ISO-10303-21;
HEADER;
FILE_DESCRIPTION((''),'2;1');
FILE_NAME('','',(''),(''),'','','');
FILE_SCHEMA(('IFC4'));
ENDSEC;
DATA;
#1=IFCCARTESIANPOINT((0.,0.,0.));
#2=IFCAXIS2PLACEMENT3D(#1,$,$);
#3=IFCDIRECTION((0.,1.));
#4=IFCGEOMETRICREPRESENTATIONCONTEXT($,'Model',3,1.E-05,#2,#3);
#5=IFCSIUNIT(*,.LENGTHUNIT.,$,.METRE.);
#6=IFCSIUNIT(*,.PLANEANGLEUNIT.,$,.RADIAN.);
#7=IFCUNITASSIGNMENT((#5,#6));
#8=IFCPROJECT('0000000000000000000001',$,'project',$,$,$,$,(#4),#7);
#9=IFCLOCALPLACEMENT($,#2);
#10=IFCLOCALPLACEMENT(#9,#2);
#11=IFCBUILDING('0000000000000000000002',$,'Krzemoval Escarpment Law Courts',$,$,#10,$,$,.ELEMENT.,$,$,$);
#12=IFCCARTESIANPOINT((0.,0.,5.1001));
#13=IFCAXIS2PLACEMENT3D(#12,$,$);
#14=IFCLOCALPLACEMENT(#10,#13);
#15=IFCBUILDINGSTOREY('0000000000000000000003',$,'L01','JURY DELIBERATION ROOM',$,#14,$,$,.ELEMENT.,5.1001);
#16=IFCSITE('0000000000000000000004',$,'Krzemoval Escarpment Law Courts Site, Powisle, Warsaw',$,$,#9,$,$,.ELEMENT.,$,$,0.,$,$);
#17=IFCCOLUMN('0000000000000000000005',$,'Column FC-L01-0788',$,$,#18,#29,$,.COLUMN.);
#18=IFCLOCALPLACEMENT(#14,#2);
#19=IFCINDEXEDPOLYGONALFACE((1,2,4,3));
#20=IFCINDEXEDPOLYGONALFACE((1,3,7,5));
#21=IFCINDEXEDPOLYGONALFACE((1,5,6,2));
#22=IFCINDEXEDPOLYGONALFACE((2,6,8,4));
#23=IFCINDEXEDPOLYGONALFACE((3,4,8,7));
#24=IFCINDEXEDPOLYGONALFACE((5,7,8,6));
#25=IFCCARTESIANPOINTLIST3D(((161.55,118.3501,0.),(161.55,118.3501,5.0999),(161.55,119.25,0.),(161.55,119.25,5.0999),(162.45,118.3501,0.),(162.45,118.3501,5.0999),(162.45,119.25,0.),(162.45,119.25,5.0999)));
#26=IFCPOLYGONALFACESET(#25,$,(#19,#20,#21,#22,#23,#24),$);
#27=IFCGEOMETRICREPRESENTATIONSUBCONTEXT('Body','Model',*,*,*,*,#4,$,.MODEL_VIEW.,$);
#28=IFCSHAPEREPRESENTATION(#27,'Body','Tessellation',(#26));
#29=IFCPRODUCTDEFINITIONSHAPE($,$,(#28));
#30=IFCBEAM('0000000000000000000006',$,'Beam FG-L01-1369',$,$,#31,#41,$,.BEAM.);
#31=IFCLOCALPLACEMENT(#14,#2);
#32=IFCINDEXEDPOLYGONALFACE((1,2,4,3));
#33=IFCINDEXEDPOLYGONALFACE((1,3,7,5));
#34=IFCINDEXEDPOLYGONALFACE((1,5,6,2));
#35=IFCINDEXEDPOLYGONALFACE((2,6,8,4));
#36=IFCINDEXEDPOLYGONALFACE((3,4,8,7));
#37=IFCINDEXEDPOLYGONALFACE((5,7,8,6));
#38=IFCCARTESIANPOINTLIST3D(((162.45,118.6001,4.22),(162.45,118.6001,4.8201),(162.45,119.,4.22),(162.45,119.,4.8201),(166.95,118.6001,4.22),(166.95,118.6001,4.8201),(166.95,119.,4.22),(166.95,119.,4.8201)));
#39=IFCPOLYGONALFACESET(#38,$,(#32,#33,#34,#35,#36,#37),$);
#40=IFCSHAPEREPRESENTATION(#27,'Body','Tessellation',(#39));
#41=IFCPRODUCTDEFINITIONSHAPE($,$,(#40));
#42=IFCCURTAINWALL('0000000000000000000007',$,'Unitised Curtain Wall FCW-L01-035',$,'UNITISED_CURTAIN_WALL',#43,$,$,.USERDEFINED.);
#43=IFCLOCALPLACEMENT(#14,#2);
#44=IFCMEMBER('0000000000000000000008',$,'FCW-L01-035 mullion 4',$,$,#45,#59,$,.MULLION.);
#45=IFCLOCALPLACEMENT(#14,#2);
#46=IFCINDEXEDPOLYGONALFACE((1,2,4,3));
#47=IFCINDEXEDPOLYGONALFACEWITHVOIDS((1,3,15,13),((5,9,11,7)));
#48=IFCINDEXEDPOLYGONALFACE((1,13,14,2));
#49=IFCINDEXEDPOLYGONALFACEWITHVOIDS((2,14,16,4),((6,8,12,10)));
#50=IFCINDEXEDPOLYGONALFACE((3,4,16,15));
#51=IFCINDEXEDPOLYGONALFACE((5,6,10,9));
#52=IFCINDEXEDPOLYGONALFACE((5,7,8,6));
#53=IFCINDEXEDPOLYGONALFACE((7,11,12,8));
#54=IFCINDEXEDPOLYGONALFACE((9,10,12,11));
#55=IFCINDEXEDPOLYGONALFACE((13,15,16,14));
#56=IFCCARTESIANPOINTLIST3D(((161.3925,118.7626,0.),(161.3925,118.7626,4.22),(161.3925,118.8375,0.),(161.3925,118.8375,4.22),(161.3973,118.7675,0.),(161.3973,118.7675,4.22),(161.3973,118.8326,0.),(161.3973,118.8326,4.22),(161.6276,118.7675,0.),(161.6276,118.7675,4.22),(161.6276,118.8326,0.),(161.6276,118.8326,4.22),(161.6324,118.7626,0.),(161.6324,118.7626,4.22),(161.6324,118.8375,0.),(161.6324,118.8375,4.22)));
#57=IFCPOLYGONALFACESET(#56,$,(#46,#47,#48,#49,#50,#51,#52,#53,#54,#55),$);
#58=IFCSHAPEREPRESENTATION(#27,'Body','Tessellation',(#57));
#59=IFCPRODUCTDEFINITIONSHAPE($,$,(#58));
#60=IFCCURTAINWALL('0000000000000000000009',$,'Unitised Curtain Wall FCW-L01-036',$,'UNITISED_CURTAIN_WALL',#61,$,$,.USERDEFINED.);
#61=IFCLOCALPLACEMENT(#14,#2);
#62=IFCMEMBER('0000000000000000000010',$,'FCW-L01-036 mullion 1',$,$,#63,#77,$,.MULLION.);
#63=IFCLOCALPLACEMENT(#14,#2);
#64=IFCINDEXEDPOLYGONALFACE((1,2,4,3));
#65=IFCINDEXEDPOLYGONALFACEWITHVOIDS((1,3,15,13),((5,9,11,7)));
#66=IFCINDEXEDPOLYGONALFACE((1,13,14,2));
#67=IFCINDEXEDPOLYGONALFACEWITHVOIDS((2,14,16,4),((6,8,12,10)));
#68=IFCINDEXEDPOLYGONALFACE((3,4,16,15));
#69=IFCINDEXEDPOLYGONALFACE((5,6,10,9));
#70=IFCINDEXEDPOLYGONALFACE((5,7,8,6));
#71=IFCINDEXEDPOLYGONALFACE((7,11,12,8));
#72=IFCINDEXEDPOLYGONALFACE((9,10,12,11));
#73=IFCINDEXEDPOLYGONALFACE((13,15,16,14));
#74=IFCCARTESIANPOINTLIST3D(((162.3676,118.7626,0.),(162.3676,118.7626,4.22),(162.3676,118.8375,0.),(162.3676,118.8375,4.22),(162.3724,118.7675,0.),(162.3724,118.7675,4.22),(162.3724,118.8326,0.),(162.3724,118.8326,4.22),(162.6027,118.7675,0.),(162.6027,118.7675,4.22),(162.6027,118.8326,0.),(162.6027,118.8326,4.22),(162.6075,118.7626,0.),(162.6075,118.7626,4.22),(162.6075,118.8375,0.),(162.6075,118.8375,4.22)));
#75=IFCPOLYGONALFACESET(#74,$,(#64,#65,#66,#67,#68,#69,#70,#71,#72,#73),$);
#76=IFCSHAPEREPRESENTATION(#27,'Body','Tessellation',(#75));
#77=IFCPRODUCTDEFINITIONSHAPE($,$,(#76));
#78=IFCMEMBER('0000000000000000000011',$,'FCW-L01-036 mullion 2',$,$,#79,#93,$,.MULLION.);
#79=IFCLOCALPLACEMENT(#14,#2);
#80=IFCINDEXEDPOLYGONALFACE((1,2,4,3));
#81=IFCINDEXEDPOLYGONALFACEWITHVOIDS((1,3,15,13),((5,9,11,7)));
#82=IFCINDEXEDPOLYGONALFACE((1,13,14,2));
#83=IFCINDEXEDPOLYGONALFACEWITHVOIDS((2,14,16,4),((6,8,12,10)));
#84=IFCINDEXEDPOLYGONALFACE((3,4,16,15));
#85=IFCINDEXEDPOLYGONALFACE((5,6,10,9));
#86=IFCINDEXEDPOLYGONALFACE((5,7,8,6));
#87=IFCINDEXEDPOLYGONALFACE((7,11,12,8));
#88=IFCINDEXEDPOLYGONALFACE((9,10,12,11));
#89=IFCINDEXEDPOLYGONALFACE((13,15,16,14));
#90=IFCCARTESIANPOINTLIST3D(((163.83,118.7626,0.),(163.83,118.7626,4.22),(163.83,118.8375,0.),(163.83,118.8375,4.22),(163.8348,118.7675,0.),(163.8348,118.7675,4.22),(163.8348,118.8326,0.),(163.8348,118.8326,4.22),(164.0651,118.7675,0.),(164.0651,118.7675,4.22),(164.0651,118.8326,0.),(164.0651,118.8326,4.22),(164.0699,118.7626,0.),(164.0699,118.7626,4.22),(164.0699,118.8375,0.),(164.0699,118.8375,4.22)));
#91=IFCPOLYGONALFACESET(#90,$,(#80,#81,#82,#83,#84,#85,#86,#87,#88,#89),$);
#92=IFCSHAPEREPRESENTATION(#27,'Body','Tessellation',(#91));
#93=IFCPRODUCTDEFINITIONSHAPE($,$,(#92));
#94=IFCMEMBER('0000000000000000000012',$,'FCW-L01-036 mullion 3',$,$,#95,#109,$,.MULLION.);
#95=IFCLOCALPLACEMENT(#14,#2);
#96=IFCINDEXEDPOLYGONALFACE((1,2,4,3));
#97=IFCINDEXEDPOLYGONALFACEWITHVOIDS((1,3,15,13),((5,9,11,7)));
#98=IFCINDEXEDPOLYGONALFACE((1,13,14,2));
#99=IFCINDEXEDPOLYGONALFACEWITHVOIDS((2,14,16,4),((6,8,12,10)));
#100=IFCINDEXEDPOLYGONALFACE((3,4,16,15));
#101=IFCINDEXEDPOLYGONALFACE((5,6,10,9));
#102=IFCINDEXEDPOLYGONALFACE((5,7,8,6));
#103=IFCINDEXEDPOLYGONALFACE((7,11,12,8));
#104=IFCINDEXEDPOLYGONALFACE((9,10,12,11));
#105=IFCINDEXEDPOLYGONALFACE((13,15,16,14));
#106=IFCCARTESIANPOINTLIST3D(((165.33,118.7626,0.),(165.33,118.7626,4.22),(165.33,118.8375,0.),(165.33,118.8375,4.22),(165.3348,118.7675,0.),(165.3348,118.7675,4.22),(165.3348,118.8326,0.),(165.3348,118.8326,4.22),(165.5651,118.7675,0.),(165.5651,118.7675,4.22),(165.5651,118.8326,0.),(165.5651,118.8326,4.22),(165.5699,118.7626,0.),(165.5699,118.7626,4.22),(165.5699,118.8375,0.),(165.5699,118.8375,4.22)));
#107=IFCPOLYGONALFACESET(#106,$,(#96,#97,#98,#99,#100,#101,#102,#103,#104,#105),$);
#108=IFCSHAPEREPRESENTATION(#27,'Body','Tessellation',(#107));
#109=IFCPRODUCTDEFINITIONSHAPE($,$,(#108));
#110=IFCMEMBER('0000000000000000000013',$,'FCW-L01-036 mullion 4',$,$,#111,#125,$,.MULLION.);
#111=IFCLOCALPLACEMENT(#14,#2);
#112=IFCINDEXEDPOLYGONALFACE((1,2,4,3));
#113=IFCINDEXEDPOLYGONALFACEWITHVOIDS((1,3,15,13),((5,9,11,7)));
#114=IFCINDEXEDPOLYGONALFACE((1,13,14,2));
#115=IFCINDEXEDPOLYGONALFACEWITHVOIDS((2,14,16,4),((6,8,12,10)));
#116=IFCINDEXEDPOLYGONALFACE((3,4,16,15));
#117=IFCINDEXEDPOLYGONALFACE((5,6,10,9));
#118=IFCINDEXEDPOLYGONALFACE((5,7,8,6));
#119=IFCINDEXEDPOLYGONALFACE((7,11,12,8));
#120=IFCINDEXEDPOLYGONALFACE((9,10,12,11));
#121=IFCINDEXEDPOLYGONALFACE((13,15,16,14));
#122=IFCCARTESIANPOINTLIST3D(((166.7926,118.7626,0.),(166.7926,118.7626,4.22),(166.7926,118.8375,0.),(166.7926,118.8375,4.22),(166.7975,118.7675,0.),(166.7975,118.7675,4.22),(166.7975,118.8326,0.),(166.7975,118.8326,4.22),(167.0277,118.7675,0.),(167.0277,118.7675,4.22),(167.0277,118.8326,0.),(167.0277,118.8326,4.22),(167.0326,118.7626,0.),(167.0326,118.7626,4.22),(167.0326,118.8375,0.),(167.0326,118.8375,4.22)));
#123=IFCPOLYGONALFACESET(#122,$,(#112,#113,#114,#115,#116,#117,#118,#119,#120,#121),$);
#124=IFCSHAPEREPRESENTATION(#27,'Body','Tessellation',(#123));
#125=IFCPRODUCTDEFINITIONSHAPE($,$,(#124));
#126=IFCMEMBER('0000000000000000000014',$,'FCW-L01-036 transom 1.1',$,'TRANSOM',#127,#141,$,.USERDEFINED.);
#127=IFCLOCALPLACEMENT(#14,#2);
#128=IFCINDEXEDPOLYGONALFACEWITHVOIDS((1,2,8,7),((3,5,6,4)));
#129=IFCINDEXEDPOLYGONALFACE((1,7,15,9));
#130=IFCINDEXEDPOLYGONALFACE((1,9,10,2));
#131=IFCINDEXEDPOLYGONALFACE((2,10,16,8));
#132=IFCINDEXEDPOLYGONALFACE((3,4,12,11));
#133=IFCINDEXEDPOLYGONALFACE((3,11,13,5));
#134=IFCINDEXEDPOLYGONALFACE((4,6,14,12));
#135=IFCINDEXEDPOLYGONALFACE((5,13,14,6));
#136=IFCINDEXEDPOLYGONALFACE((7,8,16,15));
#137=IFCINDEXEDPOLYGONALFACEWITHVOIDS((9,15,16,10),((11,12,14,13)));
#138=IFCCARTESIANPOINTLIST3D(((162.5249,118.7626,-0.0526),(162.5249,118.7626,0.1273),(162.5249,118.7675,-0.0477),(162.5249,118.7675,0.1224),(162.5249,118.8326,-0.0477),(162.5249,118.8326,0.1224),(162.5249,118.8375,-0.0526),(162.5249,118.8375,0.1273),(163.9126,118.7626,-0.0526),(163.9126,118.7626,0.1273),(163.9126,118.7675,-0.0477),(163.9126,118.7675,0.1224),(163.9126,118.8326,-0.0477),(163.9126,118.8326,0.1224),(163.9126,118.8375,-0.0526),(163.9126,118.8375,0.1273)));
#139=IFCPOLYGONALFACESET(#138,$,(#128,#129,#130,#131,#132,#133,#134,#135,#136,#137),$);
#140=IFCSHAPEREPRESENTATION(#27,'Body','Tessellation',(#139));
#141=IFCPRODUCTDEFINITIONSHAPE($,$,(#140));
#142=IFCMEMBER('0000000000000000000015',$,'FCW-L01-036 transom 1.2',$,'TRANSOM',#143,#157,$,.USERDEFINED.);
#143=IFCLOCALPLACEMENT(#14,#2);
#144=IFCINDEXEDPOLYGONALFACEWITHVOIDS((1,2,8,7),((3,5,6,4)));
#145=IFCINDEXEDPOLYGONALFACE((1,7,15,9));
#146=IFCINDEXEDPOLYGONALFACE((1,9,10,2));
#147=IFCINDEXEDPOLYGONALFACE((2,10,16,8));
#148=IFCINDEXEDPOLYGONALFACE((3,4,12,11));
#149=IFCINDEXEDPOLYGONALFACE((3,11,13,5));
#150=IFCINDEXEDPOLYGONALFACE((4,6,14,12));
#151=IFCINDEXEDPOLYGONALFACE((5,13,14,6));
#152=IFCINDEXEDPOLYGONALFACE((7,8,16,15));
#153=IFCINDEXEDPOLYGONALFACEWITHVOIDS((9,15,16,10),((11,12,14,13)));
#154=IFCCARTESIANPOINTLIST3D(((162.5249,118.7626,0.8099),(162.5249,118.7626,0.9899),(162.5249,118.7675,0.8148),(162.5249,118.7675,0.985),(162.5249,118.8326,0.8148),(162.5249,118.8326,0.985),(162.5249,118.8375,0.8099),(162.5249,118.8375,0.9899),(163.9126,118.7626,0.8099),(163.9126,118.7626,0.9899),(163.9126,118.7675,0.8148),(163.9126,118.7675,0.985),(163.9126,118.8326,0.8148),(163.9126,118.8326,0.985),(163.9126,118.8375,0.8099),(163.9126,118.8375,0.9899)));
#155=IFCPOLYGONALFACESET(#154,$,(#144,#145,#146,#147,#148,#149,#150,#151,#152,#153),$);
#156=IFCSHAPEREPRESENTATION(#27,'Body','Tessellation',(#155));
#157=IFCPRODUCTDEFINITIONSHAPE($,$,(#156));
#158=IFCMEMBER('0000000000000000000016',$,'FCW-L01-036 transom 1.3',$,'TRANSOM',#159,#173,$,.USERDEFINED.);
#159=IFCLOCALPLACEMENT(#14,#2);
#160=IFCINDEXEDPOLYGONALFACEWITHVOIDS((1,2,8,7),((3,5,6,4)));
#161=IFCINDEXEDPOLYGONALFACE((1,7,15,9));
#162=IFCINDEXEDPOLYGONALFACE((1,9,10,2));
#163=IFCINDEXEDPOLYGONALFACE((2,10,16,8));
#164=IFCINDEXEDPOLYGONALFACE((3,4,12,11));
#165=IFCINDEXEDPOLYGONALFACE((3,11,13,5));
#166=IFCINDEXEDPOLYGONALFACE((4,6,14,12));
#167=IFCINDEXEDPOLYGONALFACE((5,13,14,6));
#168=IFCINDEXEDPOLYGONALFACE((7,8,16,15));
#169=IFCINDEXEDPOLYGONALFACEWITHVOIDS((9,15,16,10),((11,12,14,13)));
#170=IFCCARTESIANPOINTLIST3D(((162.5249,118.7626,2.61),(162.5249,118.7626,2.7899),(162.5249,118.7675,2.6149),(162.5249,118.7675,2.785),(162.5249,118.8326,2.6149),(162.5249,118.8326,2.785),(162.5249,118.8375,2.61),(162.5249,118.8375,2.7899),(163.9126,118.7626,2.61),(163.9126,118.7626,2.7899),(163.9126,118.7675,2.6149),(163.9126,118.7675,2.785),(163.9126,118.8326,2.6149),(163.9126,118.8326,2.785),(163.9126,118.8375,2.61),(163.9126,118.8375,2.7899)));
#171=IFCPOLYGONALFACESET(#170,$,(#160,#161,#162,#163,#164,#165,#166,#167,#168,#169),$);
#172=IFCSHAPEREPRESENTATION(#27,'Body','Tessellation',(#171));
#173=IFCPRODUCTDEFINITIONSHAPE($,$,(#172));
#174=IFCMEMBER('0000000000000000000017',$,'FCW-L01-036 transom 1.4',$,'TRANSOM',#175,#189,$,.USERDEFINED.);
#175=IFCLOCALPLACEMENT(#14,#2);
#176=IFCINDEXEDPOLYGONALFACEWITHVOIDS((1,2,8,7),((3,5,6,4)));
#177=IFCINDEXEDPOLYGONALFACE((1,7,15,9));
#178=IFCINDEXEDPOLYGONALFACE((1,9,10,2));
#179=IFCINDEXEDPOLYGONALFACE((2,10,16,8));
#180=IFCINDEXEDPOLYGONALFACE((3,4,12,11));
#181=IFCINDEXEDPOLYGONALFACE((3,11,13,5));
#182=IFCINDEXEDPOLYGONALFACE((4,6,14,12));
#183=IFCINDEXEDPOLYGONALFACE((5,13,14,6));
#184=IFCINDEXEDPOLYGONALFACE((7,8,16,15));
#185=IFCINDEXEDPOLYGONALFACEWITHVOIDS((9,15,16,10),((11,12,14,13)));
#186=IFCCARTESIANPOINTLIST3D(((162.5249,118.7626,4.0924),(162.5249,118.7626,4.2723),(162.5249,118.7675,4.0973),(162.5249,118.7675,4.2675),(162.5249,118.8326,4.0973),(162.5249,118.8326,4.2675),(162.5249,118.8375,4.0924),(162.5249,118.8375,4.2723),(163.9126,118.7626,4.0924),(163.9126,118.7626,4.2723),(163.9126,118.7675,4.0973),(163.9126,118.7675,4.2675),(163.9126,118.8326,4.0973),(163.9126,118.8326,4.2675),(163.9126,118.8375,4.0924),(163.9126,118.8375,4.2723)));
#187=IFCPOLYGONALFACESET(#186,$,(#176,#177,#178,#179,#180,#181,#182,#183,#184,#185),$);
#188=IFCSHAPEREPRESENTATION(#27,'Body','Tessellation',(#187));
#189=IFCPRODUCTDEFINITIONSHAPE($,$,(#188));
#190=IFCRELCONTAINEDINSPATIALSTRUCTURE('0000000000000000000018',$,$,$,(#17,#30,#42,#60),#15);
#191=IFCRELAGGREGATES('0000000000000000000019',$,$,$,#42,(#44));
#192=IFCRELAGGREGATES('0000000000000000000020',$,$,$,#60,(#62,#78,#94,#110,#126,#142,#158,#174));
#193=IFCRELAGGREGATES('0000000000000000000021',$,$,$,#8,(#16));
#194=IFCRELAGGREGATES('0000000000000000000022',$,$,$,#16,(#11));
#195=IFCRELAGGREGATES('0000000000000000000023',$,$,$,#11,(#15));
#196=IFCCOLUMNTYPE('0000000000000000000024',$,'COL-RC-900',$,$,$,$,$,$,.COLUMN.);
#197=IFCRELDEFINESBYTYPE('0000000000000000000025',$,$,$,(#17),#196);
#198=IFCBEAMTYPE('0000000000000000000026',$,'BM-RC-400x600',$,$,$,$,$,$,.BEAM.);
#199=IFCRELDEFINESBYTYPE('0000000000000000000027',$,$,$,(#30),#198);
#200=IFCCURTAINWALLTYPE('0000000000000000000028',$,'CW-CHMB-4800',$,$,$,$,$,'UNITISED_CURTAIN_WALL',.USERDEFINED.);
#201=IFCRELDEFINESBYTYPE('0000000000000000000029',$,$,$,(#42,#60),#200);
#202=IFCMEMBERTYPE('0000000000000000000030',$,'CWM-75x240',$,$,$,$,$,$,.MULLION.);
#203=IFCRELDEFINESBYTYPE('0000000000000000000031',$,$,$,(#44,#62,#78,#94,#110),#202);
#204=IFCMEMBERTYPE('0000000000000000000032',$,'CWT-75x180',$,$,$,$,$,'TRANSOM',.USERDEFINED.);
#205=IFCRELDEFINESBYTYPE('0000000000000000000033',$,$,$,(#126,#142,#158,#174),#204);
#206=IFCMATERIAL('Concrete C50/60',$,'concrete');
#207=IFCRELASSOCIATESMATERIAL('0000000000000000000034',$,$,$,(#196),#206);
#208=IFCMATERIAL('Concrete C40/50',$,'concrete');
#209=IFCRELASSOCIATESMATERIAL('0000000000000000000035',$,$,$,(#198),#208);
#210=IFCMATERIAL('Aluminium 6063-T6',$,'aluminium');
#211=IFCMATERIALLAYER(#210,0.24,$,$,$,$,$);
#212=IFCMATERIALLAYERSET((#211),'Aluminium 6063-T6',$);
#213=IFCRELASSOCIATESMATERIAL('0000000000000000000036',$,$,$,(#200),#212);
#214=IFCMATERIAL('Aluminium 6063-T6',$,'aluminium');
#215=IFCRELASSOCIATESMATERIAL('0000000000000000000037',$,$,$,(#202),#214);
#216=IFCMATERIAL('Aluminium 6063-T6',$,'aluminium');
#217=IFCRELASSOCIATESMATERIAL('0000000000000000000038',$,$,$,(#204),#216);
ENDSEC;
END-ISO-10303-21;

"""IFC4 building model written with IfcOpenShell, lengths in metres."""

from ifc_helpers import new_model, si_unit, direction, frame, origin, origin_2d, place, context, subcontext, project, spatial, rectangle, hollow_rectangle, extrude, material, layer, layer_set, material_profile, profile_set, type_object, element, aggregate, save


model = new_model("IFC4")

# Units and contexts
model_context = context("Model", 3, precision=1e-05, world=origin(), true_north=direction((0.0, 1.0)))
body_context = subcontext(model_context, "Body", "Model", "MODEL_VIEW")
ifc_project = project(units=[si_unit("LENGTHUNIT", "METRE"), si_unit("PLANEANGLEUNIT", "RADIAN")], contexts=[model_context])

# Site, building, storey
site_placement = place(None, origin())
site = spatial("IfcSite", under=ifc_project, at=site_placement, Name="Krzemoval Escarpment Law Courts Site, Powisle, Warsaw", CompositionType="ELEMENT", RefElevation=0.0)
building_placement = place(site_placement, origin())
building = spatial("IfcBuilding", under=site, at=building_placement, Name="Krzemoval Escarpment Law Courts", CompositionType="ELEMENT")
storey_placement = place(building_placement, frame((0.0, 0.0, 5.1001)))
storey = spatial("IfcBuildingStorey", under=building, at=storey_placement, Name="L01", Description="JURY DELIBERATION ROOM", CompositionType="ELEMENT", Elevation=5.1001)

# Column
ifc_material_1 = material(Name="Concrete C50/60", Category="concrete")
ifc_material_profile_1 = material_profile(ifc_material_1, rectangle(XDim=0.8999, YDim=0.8999, at=origin_2d()), Name="RC 900x900")
ifc_profile_set_1 = profile_set([ifc_material_profile_1], Name="Concrete C50/60")
column_type = type_object("IfcColumnType", Name="COL-RC-900", PredefinedType="COLUMN", material=ifc_profile_set_1)
column_placement = place(storey_placement, frame((162.0, 118.8, 0.0), z_axis=(0.0, 0.0, 1.0), x_axis=(1.0, 0.0, 0.0)))
element("IfcColumn", 1, at=column_placement, inside=storey, type_object=column_type, Name="Column FC-L01-0788", PredefinedType="COLUMN", context=body_context, shape_type="SweptSolid", body=[
    extrude(rectangle(XDim=0.8999, YDim=0.8999, at=origin_2d()), origin(), (0.0, 0.0, 1.0), 5.0999),
])

# Beam
ifc_material_2 = material(Name="Concrete C40/50", Category="concrete")
ifc_material_profile_2 = material_profile(ifc_material_2, rectangle(XDim=0.3999, YDim=0.6001, at=origin_2d()), Name="RCB 400x600")
ifc_profile_set_2 = profile_set([ifc_material_profile_2], Name="Concrete C40/50")
beam_type = type_object("IfcBeamType", Name="BM-RC-400x600", PredefinedType="BEAM", material=ifc_profile_set_2)
beam_placement = place(storey_placement, frame((162.45, 118.8, 4.52), z_axis=(1.0, 0.0, 0.0), x_axis=(0.0, 1.0, 0.0)))
element("IfcBeam", 2, at=beam_placement, inside=storey, type_object=beam_type, Name="Beam FG-L01-1369", PredefinedType="BEAM", context=body_context, shape_type="SweptSolid", body=[
    extrude(rectangle(XDim=0.3999, YDim=0.6001, at=origin_2d()), origin(), (0.0, 0.0, 1.0), 4.5),
])

# Curtain wall, member
ifc_material_3 = material(Name="Aluminium 6063-T6", Category="aluminium")
ifc_layer_1 = layer(ifc_material_3, 0.24)
ifc_layer_set_1 = layer_set([ifc_layer_1], Name="Aluminium 6063-T6")
curtain_wall_type = type_object("IfcCurtainWallType", Name="CW-CHMB-4800", ElementType="UNITISED_CURTAIN_WALL", PredefinedType="USERDEFINED", material=ifc_layer_set_1)
curtain_wall_1_placement = place(storey_placement, origin())
curtain_wall_1 = element("IfcCurtainWall", 3, at=curtain_wall_1_placement, inside=storey, type_object=curtain_wall_type, Name="Unitised Curtain Wall FCW-L01-035", ObjectType="UNITISED_CURTAIN_WALL", PredefinedType="USERDEFINED")
ifc_material_4 = material(Name="Aluminium 6063-T6", Category="aluminium")
ifc_material_profile_3 = material_profile(ifc_material_4, hollow_rectangle(XDim=0.075, YDim=0.24, WallThickness=0.0049, at=origin_2d()), Name="ALU M75x240")
ifc_profile_set_3 = profile_set([ifc_material_profile_3], Name="Aluminium 6063-T6")
member_type_1 = type_object("IfcMemberType", Name="CWM-75x240", PredefinedType="MULLION", material=ifc_profile_set_3)
member_1_placement = place(storey_placement, frame((161.5125, 118.8, 0.0), z_axis=(0.0, 0.0, 1.0), x_axis=(0.0, 1.0, 0.0)))
member_1 = element("IfcMember", 4, at=member_1_placement, type_object=member_type_1, Name="FCW-L01-035 mullion 4", PredefinedType="MULLION", context=body_context, shape_type="SweptSolid", body=[
    extrude(hollow_rectangle(XDim=0.075, YDim=0.24, WallThickness=0.0049, at=origin_2d()), origin(), (0.0, 0.0, 1.0), 4.22),
])
aggregate(curtain_wall_1, [member_1])

# Curtain wall, members
curtain_wall_2_placement = place(storey_placement, origin())
curtain_wall_2 = element("IfcCurtainWall", 5, at=curtain_wall_2_placement, inside=storey, type_object=curtain_wall_type, Name="Unitised Curtain Wall FCW-L01-036", ObjectType="UNITISED_CURTAIN_WALL", PredefinedType="USERDEFINED")
member_2_placement = place(storey_placement, frame((162.4875, 118.8, 0.0), z_axis=(0.0, 0.0, 1.0), x_axis=(0.0, 1.0, 0.0)))
member_2 = element("IfcMember", 6, at=member_2_placement, type_object=member_type_1, Name="FCW-L01-036 mullion 1", PredefinedType="MULLION", context=body_context, shape_type="SweptSolid", body=[
    extrude(hollow_rectangle(XDim=0.075, YDim=0.24, WallThickness=0.0049, at=origin_2d()), origin(), (0.0, 0.0, 1.0), 4.22),
])
member_3_placement = place(storey_placement, frame((163.95, 118.8, 0.0), z_axis=(0.0, 0.0, 1.0), x_axis=(0.0, 1.0, 0.0)))
member_3 = element("IfcMember", 7, at=member_3_placement, type_object=member_type_1, Name="FCW-L01-036 mullion 2", PredefinedType="MULLION", context=body_context, shape_type="SweptSolid", body=[
    extrude(hollow_rectangle(XDim=0.075, YDim=0.24, WallThickness=0.0049, at=origin_2d()), origin(), (0.0, 0.0, 1.0), 4.22),
])
member_4_placement = place(storey_placement, frame((165.45, 118.8, 0.0), z_axis=(0.0, 0.0, 1.0), x_axis=(0.0, 1.0, 0.0)))
member_4 = element("IfcMember", 8, at=member_4_placement, type_object=member_type_1, Name="FCW-L01-036 mullion 3", PredefinedType="MULLION", context=body_context, shape_type="SweptSolid", body=[
    extrude(hollow_rectangle(XDim=0.075, YDim=0.24, WallThickness=0.0049, at=origin_2d()), origin(), (0.0, 0.0, 1.0), 4.22),
])
member_5_placement = place(storey_placement, frame((166.9126, 118.8, 0.0), z_axis=(0.0, 0.0, 1.0), x_axis=(0.0, 1.0, 0.0)))
member_5 = element("IfcMember", 9, at=member_5_placement, type_object=member_type_1, Name="FCW-L01-036 mullion 4", PredefinedType="MULLION", context=body_context, shape_type="SweptSolid", body=[
    extrude(hollow_rectangle(XDim=0.075, YDim=0.24, WallThickness=0.0049, at=origin_2d()), origin(), (0.0, 0.0, 1.0), 4.22),
])
ifc_material_5 = material(Name="Aluminium 6063-T6", Category="aluminium")
ifc_material_profile_4 = material_profile(ifc_material_5, hollow_rectangle(XDim=0.075, YDim=0.1799, WallThickness=0.0049, at=origin_2d()), Name="ALU T75x180")
ifc_profile_set_4 = profile_set([ifc_material_profile_4], Name="Aluminium 6063-T6")
member_type_2 = type_object("IfcMemberType", Name="CWT-75x180", ElementType="TRANSOM", PredefinedType="USERDEFINED", material=ifc_profile_set_4)
member_6_placement = place(storey_placement, frame((162.5249, 118.8, 0.0374), z_axis=(1.0, 0.0, 0.0), x_axis=(0.0, 1.0, 0.0)))
member_6 = element("IfcMember", 10, at=member_6_placement, type_object=member_type_2, Name="FCW-L01-036 transom 1.1", ObjectType="TRANSOM", PredefinedType="USERDEFINED", context=body_context, shape_type="SweptSolid", body=[
    extrude(hollow_rectangle(XDim=0.075, YDim=0.1799, WallThickness=0.0049, at=origin_2d()), origin(), (0.0, 0.0, 1.0), 1.3877),
])
member_7_placement = place(storey_placement, frame((162.5249, 118.8, 0.8999), z_axis=(1.0, 0.0, 0.0), x_axis=(0.0, 1.0, 0.0)))
member_7 = element("IfcMember", 11, at=member_7_placement, type_object=member_type_2, Name="FCW-L01-036 transom 1.2", ObjectType="TRANSOM", PredefinedType="USERDEFINED", context=body_context, shape_type="SweptSolid", body=[
    extrude(hollow_rectangle(XDim=0.075, YDim=0.1799, WallThickness=0.0049, at=origin_2d()), origin(), (0.0, 0.0, 1.0), 1.3877),
])
member_8_placement = place(storey_placement, frame((162.5249, 118.8, 2.7), z_axis=(1.0, 0.0, 0.0), x_axis=(0.0, 1.0, 0.0)))
member_8 = element("IfcMember", 12, at=member_8_placement, type_object=member_type_2, Name="FCW-L01-036 transom 1.3", ObjectType="TRANSOM", PredefinedType="USERDEFINED", context=body_context, shape_type="SweptSolid", body=[
    extrude(hollow_rectangle(XDim=0.075, YDim=0.1799, WallThickness=0.0049, at=origin_2d()), origin(), (0.0, 0.0, 1.0), 1.3877),
])
member_9_placement = place(storey_placement, frame((162.5249, 118.8, 4.1824), z_axis=(1.0, 0.0, 0.0), x_axis=(0.0, 1.0, 0.0)))
member_9 = element("IfcMember", 13, at=member_9_placement, type_object=member_type_2, Name="FCW-L01-036 transom 1.4", ObjectType="TRANSOM", PredefinedType="USERDEFINED", context=body_context, shape_type="SweptSolid", body=[
    extrude(hollow_rectangle(XDim=0.075, YDim=0.1799, WallThickness=0.0049, at=origin_2d()), origin(), (0.0, 0.0, 1.0), 1.3877),
])
aggregate(curtain_wall_2, [member_2, member_3, member_4, member_5, member_6, member_7, member_8, member_9])

save(model, "model.ifc")
